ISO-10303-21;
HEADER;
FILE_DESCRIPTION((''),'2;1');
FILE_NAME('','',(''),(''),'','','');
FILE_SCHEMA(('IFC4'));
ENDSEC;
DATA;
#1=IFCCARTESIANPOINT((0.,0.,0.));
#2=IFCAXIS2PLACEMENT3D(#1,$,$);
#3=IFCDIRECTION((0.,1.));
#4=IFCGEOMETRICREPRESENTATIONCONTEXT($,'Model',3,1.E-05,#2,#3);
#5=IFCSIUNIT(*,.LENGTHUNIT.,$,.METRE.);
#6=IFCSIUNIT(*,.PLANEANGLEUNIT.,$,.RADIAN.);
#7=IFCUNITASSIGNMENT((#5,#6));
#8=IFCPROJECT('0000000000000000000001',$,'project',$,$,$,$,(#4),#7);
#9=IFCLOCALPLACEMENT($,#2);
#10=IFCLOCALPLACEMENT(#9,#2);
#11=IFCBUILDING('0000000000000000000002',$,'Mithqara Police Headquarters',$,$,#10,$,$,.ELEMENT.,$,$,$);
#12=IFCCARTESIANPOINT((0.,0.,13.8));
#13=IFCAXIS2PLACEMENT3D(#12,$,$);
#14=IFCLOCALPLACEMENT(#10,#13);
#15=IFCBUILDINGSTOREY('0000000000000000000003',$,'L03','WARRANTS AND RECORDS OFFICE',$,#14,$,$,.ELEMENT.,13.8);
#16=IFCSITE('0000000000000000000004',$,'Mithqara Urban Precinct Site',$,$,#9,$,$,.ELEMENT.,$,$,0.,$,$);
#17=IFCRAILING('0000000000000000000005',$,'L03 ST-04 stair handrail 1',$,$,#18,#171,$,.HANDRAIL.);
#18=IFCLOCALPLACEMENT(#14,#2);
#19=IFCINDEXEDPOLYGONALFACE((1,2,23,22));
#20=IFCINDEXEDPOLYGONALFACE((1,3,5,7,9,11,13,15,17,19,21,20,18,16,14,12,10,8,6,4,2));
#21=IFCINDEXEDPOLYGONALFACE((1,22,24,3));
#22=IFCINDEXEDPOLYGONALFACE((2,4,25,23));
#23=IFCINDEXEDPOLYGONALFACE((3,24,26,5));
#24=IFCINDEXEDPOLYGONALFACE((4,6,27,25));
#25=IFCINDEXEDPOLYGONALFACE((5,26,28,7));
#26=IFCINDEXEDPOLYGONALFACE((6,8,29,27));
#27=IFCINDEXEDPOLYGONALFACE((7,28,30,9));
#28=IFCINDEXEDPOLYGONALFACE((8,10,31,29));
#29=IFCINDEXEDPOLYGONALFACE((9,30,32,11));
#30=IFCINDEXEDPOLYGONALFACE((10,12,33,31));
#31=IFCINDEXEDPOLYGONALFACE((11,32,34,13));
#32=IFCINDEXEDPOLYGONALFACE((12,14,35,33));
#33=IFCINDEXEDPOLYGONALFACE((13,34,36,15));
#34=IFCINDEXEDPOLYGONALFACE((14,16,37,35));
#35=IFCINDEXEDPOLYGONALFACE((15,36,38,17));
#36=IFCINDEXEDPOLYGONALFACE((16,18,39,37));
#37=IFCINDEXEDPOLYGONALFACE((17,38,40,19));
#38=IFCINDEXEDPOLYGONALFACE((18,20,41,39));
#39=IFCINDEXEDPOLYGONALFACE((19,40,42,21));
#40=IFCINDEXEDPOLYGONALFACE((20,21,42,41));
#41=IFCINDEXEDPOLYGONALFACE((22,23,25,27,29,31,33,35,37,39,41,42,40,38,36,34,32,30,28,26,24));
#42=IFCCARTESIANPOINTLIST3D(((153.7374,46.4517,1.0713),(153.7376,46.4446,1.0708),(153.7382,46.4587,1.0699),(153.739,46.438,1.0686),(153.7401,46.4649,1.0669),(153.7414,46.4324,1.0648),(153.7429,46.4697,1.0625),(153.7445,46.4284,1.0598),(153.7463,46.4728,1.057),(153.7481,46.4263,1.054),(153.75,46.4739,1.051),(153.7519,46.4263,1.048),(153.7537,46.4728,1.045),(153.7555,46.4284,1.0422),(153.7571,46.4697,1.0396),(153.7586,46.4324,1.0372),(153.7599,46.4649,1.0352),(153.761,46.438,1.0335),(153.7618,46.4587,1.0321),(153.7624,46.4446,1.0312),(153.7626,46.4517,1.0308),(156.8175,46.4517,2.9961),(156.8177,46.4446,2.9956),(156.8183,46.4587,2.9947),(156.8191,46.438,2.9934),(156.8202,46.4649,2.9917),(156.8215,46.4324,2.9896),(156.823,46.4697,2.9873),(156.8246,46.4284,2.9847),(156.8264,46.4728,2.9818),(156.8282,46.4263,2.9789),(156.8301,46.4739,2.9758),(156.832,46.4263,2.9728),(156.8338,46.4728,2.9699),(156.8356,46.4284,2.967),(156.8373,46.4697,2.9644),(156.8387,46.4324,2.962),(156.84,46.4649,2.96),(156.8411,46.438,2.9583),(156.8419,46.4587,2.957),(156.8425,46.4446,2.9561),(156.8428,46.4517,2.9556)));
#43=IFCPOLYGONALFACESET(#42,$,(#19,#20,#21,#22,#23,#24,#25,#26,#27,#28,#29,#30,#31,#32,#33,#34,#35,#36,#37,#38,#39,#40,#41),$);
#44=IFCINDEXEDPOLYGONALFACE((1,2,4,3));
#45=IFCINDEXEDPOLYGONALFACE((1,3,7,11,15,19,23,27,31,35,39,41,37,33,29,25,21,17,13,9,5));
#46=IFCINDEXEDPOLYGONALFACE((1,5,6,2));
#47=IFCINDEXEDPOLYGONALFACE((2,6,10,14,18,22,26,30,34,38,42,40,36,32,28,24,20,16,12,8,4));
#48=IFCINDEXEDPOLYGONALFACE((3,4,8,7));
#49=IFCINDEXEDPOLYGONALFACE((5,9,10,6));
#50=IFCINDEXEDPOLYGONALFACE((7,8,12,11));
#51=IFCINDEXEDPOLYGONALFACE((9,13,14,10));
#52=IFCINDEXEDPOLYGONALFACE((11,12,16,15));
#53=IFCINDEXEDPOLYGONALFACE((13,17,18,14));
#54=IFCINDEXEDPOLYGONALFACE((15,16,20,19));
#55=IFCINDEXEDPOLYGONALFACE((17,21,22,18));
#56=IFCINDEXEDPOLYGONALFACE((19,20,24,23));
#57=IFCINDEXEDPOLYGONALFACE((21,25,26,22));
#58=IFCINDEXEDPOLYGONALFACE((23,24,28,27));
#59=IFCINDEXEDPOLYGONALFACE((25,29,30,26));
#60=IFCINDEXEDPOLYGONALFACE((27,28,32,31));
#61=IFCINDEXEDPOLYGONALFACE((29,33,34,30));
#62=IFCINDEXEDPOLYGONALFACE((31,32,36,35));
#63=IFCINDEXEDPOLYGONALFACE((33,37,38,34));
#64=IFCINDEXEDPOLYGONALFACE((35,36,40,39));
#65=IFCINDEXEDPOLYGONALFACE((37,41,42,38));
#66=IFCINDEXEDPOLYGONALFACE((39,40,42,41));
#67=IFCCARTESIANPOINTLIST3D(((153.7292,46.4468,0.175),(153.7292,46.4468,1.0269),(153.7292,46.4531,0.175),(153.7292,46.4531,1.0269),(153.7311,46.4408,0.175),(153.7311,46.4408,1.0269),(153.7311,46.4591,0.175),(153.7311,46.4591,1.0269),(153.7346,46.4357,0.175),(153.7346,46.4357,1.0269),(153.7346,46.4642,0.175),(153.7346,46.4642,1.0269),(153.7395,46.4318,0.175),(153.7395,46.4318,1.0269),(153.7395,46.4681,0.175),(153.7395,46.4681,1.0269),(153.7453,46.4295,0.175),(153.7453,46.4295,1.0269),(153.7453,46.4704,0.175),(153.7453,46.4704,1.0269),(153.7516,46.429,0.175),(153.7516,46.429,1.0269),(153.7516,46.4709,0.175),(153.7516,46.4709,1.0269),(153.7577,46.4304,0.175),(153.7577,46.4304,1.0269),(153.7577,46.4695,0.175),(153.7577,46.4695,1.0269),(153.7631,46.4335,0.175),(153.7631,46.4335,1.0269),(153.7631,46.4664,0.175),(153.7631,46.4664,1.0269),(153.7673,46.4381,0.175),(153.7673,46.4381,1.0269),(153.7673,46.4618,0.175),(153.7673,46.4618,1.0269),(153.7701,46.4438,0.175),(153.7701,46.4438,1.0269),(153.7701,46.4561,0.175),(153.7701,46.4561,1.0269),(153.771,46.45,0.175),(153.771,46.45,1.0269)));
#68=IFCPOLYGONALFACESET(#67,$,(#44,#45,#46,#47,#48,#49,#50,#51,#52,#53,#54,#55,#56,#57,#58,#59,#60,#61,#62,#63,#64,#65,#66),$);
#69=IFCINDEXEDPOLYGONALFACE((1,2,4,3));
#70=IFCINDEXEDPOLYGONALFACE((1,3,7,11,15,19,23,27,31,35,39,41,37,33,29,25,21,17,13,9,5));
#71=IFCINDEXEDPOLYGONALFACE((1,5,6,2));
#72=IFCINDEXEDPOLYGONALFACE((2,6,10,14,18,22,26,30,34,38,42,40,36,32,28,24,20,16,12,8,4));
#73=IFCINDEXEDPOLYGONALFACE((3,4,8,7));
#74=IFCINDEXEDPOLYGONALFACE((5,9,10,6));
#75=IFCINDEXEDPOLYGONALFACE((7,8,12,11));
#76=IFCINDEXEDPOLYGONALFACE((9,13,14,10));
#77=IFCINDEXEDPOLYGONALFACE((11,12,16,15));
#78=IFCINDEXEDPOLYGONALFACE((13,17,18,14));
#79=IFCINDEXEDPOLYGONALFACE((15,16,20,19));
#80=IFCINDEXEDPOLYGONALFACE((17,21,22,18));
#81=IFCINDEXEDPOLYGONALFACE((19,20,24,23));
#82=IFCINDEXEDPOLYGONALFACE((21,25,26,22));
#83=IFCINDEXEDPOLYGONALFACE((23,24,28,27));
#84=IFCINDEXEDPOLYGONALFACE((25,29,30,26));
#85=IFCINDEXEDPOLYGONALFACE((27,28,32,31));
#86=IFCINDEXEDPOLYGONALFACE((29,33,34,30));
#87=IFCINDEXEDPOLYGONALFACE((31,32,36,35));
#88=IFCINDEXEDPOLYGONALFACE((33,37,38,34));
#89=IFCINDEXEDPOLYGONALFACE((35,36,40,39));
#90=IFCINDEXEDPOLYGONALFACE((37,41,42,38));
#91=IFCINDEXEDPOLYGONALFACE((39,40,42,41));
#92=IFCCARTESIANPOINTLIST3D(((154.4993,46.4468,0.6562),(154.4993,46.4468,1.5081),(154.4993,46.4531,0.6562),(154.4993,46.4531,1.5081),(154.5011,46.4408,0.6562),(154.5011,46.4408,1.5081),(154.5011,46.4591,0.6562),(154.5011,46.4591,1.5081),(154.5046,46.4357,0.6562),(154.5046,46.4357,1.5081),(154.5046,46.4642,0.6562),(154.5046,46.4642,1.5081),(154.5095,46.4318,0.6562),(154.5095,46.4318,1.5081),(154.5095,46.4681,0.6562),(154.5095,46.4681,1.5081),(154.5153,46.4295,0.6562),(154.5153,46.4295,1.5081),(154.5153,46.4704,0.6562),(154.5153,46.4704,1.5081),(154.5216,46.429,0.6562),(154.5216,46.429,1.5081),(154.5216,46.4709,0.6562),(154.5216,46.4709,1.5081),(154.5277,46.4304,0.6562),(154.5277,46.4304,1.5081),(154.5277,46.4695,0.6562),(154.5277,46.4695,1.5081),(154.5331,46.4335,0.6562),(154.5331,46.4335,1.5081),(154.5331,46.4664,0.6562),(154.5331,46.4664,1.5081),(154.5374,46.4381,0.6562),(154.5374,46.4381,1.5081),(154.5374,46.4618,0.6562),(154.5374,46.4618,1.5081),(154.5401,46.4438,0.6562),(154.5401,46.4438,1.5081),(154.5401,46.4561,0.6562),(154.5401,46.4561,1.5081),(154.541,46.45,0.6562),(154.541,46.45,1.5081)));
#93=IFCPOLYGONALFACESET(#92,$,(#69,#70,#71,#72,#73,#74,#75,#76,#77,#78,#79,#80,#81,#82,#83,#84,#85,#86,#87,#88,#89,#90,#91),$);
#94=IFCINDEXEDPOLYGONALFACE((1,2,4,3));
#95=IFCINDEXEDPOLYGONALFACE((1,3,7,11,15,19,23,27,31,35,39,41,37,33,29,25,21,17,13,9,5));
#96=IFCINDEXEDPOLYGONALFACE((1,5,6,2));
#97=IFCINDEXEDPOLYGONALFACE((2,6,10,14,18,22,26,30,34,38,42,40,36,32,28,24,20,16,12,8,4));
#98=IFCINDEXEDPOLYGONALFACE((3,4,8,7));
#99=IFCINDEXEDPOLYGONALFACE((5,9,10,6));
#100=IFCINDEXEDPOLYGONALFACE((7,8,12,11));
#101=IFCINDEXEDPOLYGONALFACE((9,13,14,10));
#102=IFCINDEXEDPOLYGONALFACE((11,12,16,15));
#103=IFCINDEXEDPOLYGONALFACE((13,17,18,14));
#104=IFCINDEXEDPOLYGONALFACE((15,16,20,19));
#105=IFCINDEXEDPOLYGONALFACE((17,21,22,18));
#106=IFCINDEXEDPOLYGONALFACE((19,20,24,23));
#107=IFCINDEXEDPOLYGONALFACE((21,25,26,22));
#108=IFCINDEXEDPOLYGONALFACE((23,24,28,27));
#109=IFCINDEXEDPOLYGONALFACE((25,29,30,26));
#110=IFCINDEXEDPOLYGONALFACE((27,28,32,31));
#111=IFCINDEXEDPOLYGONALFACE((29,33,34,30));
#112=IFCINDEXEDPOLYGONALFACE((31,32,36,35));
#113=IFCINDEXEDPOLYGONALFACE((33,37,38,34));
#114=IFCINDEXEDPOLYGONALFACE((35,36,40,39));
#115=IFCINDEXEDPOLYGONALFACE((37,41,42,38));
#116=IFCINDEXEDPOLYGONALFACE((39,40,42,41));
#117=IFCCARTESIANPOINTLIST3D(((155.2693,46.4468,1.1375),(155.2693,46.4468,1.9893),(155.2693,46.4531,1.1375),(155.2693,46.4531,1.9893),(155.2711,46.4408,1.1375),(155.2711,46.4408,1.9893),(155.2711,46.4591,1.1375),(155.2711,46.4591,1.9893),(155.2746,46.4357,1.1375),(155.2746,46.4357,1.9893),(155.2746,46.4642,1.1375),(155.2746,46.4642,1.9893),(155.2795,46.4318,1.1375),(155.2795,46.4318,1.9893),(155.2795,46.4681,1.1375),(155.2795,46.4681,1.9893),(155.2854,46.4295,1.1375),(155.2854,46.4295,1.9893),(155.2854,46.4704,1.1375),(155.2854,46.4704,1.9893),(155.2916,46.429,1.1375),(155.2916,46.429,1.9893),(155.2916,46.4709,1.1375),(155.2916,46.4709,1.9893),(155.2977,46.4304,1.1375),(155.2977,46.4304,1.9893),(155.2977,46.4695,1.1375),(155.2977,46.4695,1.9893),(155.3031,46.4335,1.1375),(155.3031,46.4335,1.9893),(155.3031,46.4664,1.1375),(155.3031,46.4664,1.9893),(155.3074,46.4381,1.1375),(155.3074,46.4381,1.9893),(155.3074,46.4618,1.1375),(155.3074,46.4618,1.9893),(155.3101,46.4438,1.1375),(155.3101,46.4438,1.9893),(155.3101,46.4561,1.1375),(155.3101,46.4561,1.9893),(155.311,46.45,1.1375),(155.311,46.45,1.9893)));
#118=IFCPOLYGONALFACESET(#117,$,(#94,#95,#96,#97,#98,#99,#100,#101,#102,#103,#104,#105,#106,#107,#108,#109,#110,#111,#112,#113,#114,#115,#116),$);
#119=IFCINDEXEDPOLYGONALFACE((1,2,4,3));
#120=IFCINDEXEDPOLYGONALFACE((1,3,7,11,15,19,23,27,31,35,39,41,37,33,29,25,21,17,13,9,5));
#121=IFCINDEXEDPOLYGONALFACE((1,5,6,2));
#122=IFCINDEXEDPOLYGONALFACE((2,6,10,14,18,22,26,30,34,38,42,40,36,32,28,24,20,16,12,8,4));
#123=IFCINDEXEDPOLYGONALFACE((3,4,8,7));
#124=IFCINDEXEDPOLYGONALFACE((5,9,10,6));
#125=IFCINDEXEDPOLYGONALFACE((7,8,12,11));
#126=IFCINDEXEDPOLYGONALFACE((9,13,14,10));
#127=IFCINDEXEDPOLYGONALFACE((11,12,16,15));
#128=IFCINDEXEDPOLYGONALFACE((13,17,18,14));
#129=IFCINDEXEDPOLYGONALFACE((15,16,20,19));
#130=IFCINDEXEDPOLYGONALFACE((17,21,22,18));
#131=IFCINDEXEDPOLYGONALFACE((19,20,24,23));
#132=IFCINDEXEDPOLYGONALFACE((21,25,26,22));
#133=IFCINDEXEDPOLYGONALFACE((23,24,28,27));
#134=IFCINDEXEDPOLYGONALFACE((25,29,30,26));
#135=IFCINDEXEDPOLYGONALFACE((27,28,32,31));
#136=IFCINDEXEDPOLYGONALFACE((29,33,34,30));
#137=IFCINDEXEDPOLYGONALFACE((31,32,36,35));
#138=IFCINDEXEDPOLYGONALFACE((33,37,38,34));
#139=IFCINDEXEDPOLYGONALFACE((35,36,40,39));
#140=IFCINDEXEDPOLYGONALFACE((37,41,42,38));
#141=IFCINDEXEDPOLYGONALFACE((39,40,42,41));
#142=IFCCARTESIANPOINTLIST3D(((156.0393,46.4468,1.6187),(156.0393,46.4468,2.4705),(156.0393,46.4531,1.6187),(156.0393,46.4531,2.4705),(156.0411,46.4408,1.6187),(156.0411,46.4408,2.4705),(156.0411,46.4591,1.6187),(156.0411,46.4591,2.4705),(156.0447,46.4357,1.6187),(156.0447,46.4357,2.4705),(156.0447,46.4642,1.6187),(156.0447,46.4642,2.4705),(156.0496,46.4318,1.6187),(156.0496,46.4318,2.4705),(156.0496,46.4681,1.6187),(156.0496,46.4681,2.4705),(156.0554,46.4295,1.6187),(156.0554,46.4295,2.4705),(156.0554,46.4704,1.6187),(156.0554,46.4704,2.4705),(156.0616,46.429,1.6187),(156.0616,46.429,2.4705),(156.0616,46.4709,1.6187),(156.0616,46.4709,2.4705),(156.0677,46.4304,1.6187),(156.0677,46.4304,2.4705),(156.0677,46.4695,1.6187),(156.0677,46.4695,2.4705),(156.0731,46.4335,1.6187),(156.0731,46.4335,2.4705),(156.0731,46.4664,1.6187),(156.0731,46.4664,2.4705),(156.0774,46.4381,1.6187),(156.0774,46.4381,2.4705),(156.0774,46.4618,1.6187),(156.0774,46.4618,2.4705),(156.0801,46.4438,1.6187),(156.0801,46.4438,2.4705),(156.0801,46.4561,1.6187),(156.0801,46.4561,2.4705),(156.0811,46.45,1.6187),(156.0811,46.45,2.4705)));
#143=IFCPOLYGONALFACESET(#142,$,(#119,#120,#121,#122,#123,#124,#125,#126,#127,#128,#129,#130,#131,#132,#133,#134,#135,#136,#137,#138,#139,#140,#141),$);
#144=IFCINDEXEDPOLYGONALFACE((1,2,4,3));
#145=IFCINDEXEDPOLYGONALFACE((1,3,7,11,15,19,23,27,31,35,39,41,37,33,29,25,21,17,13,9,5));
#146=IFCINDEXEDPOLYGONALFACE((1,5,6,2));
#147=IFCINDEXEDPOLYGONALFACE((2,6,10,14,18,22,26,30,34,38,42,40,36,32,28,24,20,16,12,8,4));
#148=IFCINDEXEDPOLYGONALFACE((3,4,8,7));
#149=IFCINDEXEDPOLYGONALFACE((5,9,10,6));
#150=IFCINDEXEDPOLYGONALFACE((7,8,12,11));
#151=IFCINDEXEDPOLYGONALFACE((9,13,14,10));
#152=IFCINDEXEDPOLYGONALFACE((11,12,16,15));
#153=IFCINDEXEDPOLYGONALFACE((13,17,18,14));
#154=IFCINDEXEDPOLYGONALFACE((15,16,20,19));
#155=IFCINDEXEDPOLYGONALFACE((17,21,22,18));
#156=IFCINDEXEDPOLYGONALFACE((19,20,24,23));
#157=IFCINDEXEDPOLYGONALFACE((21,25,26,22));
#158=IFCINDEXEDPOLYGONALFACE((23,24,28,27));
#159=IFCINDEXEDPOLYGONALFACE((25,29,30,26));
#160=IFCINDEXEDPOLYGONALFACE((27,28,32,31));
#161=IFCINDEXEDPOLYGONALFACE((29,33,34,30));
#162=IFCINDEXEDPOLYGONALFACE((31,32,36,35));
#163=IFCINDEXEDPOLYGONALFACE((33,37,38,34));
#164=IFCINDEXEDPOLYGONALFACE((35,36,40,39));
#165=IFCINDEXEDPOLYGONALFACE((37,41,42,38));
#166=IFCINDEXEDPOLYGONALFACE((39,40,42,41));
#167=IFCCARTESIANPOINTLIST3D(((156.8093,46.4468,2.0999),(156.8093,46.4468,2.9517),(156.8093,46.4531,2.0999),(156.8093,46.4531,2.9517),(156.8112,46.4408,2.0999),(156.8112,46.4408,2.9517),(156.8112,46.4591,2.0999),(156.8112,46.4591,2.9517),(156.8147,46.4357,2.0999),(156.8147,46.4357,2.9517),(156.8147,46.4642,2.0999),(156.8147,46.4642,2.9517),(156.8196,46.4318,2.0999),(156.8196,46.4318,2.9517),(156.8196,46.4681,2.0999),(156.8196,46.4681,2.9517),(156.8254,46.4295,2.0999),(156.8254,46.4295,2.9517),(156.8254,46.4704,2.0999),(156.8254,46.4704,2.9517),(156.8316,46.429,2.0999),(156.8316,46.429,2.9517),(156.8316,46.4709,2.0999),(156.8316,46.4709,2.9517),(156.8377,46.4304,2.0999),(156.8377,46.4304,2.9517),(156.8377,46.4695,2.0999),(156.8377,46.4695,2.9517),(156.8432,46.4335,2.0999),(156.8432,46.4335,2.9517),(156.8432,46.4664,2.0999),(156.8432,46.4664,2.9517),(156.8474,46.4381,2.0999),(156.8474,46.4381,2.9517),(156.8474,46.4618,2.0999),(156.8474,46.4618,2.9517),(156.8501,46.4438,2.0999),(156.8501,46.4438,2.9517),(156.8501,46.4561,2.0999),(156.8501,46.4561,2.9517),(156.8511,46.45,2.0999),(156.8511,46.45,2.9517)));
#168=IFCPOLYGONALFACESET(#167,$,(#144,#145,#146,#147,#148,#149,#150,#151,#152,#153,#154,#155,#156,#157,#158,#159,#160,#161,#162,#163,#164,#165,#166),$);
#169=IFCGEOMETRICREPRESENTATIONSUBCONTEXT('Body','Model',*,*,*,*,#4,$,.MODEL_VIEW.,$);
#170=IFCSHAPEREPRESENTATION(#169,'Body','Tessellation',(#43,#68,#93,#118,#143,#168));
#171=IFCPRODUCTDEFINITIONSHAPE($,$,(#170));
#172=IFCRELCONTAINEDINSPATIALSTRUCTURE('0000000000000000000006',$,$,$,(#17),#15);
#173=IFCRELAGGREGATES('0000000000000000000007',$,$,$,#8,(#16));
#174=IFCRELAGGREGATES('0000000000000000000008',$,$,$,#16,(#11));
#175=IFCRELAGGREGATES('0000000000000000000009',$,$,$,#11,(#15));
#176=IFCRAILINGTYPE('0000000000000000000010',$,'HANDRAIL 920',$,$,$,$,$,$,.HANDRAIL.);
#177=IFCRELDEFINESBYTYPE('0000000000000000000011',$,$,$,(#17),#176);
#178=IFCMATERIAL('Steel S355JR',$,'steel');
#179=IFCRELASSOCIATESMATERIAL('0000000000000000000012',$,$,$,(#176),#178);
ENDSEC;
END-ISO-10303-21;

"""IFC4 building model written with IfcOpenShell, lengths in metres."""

from ifc_helpers import new_model, si_unit, direction, frame, origin, origin_2d, place, context, subcontext, project, spatial, circle, extrude, material, type_object, element, save


model = new_model("IFC4")

# Units and contexts
model_context = context("Model", 3, precision=1e-05, world=origin(), true_north=direction((0.0, 1.0)))
body_context = subcontext(model_context, "Body", "Model", "MODEL_VIEW")
ifc_project = project(units=[si_unit("LENGTHUNIT", "METRE"), si_unit("PLANEANGLEUNIT", "RADIAN")], contexts=[model_context])

# Site, building, storey
site_placement = place(None, origin())
site = spatial("IfcSite", under=ifc_project, at=site_placement, Name="Mithqara Urban Precinct Site", CompositionType="ELEMENT", RefElevation=0.0)
building_placement = place(site_placement, origin())
building = spatial("IfcBuilding", under=site, at=building_placement, Name="Mithqara Police Headquarters", CompositionType="ELEMENT")
storey_placement = place(building_placement, frame((0.0, 0.0, 13.8)))
storey = spatial("IfcBuildingStorey", under=building, at=storey_placement, Name="L03", Description="WARRANTS AND RECORDS OFFICE", CompositionType="ELEMENT", Elevation=13.8)

# Shared definitions
ifc_material_1 = material(Name="Steel S355JR", Category="steel")

# Railing
railing_type_1 = type_object("IfcRailingType", Name="HANDRAIL 920", PredefinedType="HANDRAIL", material=ifc_material_1)
railing_1_placement = place(storey_placement, frame((153.75, 46.45, 0.175)))
element("IfcRailing", 1, at=railing_1_placement, inside=storey, type_object=railing_type_1, Name="L03 ST-04 stair handrail 1", PredefinedType="HANDRAIL", context=body_context, shape_type="SweptSolid", body=[
    extrude(circle(Radius=0.0239, at=origin_2d()), frame((0.0, 0.0, 0.876), z_axis=(0.848029, 0.0, 0.529951), x_axis=(0.0, 1.0, 0.0)), (0.0, 0.0, 1.0), 3.6321),
    extrude(circle(Radius=0.021, at=origin_2d()), origin(), (0.0, 0.0, 1.0), 0.8518),
    extrude(circle(Radius=0.021, at=origin_2d()), frame((0.77, 0.0, 0.4812)), (0.0, 0.0, 1.0), 0.8518),
    extrude(circle(Radius=0.021, at=origin_2d()), frame((1.54, 0.0, 0.9624)), (0.0, 0.0, 1.0), 0.8518),
    extrude(circle(Radius=0.021, at=origin_2d()), frame((2.3101, 0.0, 1.4436)), (0.0, 0.0, 1.0), 0.8518),
    extrude(circle(Radius=0.021, at=origin_2d()), frame((3.0801, 0.0, 1.9248)), (0.0, 0.0, 1.0), 0.8518),
])

save(model, "model.ifc")
